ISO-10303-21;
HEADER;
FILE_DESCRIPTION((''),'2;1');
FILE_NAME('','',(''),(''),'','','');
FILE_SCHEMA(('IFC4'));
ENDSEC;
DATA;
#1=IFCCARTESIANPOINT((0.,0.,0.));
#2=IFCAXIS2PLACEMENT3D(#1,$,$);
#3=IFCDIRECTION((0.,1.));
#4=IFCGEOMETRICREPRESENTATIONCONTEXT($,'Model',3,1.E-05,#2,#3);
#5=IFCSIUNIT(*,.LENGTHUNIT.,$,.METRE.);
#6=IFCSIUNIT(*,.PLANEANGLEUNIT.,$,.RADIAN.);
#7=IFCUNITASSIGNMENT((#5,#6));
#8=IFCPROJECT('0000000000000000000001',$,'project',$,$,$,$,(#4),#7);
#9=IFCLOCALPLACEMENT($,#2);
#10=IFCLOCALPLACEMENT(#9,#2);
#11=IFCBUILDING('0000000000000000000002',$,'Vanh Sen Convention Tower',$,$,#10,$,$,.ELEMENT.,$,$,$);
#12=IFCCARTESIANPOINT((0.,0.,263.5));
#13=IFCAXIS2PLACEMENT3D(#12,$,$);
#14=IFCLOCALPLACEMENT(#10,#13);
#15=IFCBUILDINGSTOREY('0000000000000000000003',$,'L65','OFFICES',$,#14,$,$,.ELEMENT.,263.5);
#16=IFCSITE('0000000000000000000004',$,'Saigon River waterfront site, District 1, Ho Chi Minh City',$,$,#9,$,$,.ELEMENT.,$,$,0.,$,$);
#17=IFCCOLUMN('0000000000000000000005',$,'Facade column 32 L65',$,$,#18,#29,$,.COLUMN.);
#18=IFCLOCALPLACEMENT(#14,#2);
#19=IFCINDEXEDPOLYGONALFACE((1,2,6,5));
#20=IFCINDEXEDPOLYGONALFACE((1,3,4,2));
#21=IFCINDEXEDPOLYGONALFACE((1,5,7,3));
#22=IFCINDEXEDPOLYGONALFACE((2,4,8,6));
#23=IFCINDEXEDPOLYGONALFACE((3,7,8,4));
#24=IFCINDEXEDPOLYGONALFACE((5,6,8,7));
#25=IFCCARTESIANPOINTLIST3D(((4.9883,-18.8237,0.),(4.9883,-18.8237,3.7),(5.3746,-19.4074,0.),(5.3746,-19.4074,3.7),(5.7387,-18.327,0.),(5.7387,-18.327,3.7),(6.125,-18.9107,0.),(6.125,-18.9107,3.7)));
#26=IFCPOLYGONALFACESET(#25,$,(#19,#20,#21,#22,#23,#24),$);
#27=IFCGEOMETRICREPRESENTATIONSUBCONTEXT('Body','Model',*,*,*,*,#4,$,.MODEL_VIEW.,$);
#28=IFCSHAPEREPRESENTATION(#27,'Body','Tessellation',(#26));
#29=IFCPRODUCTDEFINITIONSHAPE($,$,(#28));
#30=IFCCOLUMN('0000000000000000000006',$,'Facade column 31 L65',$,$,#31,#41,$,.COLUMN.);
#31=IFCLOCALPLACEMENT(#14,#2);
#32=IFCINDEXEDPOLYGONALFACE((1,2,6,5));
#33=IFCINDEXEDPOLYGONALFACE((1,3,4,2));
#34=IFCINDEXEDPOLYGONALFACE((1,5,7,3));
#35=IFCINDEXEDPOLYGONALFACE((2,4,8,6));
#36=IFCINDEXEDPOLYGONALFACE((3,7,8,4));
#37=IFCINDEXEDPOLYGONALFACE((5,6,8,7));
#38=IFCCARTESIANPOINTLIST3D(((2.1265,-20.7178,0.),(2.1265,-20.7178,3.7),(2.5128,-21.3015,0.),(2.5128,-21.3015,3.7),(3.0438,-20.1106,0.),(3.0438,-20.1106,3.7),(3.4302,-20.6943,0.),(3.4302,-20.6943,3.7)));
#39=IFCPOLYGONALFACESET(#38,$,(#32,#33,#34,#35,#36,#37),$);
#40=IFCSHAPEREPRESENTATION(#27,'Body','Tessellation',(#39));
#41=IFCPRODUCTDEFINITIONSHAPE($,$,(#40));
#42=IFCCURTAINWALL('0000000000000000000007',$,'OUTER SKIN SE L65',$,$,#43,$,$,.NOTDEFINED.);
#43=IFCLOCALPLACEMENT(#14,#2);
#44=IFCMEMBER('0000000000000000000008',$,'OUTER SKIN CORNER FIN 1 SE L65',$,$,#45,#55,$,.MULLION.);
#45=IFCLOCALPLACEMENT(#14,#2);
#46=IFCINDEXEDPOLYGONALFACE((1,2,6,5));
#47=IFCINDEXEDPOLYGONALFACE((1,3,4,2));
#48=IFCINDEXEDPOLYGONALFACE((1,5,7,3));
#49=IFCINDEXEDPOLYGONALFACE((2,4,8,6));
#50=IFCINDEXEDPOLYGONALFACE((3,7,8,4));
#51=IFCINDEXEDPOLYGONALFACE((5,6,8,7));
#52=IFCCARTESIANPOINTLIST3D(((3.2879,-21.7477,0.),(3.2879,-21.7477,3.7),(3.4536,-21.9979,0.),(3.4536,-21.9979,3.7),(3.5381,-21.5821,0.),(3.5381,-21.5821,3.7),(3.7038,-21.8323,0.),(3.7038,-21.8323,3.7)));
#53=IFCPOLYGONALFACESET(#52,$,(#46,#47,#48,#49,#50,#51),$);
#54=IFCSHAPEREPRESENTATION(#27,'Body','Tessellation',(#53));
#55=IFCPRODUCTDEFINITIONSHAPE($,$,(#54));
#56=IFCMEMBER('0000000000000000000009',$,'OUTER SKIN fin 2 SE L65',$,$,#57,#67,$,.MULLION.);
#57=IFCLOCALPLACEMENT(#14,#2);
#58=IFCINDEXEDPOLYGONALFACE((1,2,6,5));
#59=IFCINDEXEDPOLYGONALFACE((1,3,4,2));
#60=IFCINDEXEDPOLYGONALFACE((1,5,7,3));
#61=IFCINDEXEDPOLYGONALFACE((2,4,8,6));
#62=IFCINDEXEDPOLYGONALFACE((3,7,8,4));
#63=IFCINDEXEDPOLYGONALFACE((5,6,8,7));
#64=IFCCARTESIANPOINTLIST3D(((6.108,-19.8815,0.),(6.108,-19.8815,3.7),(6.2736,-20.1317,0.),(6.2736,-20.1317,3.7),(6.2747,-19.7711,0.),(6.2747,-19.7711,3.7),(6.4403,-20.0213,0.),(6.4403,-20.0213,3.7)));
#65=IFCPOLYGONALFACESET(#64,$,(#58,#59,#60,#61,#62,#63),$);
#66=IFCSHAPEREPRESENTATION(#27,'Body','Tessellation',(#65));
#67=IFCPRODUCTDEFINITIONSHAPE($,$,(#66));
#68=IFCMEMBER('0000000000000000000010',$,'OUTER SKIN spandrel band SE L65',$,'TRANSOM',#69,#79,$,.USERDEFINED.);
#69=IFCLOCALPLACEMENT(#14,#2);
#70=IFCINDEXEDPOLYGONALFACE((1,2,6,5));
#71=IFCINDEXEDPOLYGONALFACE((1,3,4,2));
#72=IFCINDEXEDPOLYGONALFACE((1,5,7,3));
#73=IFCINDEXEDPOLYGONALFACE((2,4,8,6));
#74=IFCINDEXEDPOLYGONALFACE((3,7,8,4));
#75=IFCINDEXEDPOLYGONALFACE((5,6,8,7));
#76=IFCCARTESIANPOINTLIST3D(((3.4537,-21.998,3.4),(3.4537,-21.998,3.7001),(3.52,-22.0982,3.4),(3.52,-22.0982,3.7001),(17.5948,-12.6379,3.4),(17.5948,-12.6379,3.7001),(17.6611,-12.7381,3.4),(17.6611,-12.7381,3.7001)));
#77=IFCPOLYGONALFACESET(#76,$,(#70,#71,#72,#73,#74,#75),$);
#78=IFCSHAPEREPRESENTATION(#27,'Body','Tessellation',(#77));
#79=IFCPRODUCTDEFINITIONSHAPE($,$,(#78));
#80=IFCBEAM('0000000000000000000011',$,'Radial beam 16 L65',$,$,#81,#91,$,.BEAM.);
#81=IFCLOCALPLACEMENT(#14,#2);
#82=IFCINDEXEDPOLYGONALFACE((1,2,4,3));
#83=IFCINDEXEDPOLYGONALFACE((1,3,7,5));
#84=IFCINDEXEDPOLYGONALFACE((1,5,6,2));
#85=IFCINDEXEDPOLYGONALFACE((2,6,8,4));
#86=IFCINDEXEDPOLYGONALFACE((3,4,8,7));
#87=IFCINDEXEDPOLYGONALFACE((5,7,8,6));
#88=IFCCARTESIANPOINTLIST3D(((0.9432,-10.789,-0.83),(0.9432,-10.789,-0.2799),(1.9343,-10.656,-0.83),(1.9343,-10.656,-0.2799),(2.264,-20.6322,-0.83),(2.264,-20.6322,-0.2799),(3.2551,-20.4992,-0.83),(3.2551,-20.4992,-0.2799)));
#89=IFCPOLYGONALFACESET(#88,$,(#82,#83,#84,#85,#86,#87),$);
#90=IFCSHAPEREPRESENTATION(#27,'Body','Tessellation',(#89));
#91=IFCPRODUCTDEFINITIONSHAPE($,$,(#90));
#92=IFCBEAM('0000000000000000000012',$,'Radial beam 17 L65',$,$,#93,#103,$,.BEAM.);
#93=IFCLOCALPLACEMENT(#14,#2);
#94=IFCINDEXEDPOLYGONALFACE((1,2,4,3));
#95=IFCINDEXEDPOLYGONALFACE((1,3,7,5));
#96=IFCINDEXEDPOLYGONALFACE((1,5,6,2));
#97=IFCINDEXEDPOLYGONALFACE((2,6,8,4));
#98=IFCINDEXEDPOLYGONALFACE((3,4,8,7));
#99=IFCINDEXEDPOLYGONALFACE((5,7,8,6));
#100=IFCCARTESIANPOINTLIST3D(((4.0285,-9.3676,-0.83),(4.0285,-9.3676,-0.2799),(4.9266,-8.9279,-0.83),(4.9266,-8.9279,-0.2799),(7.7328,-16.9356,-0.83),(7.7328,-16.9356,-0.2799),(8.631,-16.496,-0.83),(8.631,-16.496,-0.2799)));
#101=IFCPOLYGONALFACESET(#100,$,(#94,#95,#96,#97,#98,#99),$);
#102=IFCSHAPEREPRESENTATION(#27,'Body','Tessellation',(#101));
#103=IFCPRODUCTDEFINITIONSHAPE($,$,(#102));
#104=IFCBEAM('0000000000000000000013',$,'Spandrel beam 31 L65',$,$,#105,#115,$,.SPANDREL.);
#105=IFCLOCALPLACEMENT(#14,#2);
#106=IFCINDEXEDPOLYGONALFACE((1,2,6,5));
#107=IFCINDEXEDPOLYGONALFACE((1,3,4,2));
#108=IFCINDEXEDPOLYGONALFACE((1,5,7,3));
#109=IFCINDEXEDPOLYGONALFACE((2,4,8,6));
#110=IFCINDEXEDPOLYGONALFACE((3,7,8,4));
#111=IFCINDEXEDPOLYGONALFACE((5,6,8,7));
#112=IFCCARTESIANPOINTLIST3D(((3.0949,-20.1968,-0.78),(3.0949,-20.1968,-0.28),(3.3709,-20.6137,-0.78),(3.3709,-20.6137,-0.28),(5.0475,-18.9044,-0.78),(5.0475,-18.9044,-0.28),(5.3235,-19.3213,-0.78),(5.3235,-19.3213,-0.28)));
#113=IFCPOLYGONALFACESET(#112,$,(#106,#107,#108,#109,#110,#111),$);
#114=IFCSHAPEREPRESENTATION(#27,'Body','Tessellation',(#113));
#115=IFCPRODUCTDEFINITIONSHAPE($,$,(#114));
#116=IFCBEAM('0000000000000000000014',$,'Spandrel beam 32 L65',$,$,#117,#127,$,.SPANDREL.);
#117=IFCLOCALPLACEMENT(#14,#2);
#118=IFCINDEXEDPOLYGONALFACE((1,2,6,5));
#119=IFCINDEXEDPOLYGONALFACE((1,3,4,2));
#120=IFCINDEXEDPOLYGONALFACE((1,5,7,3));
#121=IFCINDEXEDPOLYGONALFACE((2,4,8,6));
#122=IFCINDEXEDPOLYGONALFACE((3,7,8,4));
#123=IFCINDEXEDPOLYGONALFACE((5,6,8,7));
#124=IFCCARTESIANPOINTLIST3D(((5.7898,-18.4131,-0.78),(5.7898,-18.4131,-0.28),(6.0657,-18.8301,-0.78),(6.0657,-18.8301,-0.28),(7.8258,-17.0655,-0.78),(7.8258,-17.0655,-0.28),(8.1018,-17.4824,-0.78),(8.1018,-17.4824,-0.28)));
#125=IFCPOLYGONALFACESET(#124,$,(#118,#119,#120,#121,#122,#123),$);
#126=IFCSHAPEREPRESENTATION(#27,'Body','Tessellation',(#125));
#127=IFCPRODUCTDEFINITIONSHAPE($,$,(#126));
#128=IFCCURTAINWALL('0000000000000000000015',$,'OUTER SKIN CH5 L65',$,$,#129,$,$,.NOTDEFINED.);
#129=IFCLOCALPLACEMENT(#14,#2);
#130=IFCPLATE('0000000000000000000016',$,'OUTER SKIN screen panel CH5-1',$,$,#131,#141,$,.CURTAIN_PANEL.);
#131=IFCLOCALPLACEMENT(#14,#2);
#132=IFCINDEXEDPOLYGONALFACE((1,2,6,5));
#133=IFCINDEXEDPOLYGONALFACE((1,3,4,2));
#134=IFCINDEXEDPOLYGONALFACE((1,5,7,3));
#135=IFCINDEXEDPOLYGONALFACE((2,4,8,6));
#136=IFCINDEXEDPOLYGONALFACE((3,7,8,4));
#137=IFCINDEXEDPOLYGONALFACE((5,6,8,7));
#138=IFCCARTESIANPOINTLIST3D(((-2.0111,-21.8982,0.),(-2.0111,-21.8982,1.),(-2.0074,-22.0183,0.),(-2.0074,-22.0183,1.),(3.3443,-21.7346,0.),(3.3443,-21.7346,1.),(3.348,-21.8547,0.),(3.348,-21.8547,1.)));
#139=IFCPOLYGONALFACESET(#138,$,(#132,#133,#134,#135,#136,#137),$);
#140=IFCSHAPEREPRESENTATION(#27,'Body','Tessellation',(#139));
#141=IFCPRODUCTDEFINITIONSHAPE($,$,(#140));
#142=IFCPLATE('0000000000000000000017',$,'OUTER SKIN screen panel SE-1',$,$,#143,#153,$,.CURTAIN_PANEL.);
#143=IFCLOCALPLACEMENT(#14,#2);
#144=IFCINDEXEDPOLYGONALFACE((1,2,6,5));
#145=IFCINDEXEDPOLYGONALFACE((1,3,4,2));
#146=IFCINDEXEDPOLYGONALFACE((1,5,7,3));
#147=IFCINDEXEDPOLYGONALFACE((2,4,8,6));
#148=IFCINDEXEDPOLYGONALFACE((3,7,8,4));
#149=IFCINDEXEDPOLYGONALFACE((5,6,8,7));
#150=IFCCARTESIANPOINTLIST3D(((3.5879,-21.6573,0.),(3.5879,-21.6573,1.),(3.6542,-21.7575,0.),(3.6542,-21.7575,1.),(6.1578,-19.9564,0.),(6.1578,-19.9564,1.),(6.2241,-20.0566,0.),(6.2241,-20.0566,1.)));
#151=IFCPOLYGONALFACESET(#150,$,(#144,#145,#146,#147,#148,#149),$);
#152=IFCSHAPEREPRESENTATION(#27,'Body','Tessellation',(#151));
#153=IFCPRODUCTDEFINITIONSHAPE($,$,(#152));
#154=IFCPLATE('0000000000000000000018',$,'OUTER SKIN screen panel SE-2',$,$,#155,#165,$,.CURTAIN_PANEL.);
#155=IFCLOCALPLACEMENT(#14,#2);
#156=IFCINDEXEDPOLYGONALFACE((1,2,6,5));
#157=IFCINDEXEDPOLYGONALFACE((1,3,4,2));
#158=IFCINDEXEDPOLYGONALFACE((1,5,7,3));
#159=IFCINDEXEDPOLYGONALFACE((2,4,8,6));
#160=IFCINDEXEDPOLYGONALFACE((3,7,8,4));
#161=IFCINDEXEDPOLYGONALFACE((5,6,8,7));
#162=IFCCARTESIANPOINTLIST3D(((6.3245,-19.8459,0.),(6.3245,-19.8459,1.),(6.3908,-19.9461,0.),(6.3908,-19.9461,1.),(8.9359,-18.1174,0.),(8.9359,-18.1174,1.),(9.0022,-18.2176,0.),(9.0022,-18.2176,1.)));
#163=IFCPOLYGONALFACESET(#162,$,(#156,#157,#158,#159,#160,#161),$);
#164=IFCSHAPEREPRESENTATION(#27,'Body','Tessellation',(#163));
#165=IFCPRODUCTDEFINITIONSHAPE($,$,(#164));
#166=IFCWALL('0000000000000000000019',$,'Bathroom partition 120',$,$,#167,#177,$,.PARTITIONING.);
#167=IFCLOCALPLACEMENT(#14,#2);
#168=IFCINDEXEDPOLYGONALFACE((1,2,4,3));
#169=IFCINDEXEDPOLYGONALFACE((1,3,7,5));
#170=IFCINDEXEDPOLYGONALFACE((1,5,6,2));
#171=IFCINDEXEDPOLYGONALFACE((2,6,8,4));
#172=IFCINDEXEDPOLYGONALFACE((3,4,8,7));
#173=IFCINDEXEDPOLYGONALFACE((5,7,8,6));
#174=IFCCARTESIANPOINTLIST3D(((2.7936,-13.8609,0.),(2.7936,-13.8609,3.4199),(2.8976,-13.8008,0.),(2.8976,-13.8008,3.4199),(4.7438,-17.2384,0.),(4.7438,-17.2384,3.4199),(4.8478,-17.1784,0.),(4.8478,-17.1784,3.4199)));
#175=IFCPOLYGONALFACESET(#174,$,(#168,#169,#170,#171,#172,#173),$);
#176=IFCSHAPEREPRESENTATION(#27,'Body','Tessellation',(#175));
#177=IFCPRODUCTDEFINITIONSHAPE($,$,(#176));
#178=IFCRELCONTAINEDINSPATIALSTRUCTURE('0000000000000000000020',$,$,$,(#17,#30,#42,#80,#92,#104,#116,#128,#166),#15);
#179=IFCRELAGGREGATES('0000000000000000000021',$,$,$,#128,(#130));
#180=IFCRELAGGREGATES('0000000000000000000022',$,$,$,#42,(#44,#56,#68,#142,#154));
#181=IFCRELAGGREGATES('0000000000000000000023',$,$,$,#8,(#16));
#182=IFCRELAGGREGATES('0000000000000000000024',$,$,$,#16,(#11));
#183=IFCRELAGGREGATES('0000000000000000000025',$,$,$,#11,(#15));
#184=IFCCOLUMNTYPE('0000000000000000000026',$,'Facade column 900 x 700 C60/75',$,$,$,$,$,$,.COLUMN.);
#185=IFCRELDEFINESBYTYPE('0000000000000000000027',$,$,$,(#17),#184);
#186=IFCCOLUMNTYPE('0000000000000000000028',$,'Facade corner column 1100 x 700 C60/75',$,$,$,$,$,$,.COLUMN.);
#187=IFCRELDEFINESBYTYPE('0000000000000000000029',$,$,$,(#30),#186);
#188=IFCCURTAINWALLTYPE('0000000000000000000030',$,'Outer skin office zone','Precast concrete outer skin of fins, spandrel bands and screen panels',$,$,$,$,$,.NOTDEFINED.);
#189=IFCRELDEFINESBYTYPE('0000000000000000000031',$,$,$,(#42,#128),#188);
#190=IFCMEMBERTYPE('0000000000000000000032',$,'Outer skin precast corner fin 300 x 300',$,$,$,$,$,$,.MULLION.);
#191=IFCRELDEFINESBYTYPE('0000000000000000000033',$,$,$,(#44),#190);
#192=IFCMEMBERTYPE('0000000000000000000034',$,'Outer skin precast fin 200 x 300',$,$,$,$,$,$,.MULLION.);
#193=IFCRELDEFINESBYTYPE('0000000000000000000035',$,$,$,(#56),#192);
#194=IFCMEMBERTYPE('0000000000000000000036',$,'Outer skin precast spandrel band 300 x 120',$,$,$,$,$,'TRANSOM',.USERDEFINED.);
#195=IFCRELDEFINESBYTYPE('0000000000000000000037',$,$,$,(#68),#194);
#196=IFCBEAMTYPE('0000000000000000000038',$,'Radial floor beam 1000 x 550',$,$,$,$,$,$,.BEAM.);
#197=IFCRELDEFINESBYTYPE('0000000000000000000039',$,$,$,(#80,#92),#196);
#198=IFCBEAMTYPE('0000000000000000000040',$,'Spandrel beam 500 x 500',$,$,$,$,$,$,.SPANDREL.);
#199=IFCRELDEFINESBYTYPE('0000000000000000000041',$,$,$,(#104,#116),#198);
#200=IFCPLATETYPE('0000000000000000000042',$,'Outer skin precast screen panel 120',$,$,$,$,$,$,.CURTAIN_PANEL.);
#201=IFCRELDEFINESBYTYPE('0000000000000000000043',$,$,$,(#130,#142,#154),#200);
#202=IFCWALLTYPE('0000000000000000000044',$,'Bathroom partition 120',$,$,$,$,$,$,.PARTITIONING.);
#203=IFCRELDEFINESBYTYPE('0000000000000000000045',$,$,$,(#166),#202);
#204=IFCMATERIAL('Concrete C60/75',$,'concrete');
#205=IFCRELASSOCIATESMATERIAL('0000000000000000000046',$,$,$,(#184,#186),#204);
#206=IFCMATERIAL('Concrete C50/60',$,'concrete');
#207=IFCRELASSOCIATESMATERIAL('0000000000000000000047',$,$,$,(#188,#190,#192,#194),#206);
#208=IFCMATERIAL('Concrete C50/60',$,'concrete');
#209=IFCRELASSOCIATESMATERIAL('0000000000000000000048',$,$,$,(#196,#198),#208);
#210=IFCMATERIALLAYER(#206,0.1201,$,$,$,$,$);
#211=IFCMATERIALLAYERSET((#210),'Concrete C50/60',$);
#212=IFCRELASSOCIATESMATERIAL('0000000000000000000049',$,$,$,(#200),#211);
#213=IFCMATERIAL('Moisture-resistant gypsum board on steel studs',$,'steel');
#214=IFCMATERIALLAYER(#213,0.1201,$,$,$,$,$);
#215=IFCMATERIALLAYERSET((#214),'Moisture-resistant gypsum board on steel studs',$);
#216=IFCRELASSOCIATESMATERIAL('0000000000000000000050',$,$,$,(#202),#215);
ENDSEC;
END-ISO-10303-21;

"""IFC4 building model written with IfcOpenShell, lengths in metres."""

from ifc_helpers import new_model, si_unit, direction, frame, frame_2d, origin, origin_2d, place, context, subcontext, project, spatial, rectangle, extrude, material, layer, layer_set, material_profile, profile_set, type_object, element, aggregate, save


model = new_model("IFC4")

# Units and contexts
model_context = context("Model", 3, precision=1e-05, world=origin(), true_north=direction((0.0, 1.0)))
body_context = subcontext(model_context, "Body", "Model", "MODEL_VIEW")
ifc_project = project(units=[si_unit("LENGTHUNIT", "METRE"), si_unit("PLANEANGLEUNIT", "RADIAN")], contexts=[model_context])

# Site, building, storey
site_placement = place(None, origin())
site = spatial("IfcSite", under=ifc_project, at=site_placement, Name="Saigon River waterfront site, District 1, Ho Chi Minh City", CompositionType="ELEMENT", RefElevation=0.0)
building_placement = place(site_placement, origin())
building = spatial("IfcBuilding", under=site, at=building_placement, Name="Vanh Sen Convention Tower", CompositionType="ELEMENT")
storey_placement = place(building_placement, frame((0.0, 0.0, 263.5)))
storey = spatial("IfcBuildingStorey", under=building, at=storey_placement, Name="L65", Description="OFFICES", CompositionType="ELEMENT", Elevation=263.5)

# Columns
ifc_material_1 = material(Name="Concrete C60/75", Category="concrete")
ifc_material_profile_1 = material_profile(ifc_material_1, rectangle(XDim=0.8999, YDim=0.7, at=origin_2d()), Name="RC 900X700")
ifc_profile_set_1 = profile_set([ifc_material_profile_1], Name="Concrete C60/75")
column_type_1 = type_object("IfcColumnType", Name="Facade column 900 x 700 C60/75", PredefinedType="COLUMN", material=ifc_profile_set_1)
column_1_placement = place(storey_placement, frame((5.5566, -18.8672, 0.0), z_axis=(0.0, 0.0, 1.0), x_axis=(0.833886, 0.551937, 0.0)))
element("IfcColumn", 1, at=column_1_placement, inside=storey, type_object=column_type_1, Name="Facade column 32 L65", PredefinedType="COLUMN", context=body_context, shape_type="SweptSolid", body=[
    extrude(rectangle(XDim=0.8999, YDim=0.7, at=origin_2d()), origin(), (0.0, 0.0, 1.0), 3.7),
])
ifc_material_profile_2 = material_profile(ifc_material_1, rectangle(XDim=1.1001, YDim=0.7, at=origin_2d()), Name="RC 1100X700")
ifc_profile_set_2 = profile_set([ifc_material_profile_2], Name="Concrete C60/75")
column_type_2 = type_object("IfcColumnType", Name="Facade corner column 1100 x 700 C60/75", PredefinedType="COLUMN", material=ifc_profile_set_2)
column_2_placement = place(storey_placement, frame((2.7783, -20.7061, 0.0), z_axis=(0.0, 0.0, 1.0), x_axis=(0.833886, 0.551937, 0.0)))
element("IfcColumn", 2, at=column_2_placement, inside=storey, type_object=column_type_2, Name="Facade column 31 L65", PredefinedType="COLUMN", context=body_context, shape_type="SweptSolid", body=[
    extrude(rectangle(XDim=1.1001, YDim=0.7, at=origin_2d()), origin(), (0.0, 0.0, 1.0), 3.7),
])

# Curtain wall, members
ifc_material_2 = material(Name="Concrete C50/60", Category="concrete")
curtain_wall_type = type_object("IfcCurtainWallType", Name="Outer skin office zone", Description="Precast concrete outer skin of fins, spandrel bands and screen panels", PredefinedType="NOTDEFINED", material=ifc_material_2)
curtain_wall_1_placement = place(storey_placement, origin())
curtain_wall_1 = element("IfcCurtainWall", 3, at=curtain_wall_1_placement, inside=storey, type_object=curtain_wall_type, Name="OUTER SKIN SE L65", PredefinedType="NOTDEFINED")
ifc_material_profile_3 = material_profile(ifc_material_2, rectangle(XDim=0.3, YDim=0.3, at=origin_2d()), Name="Outer skin precast corner fin 300 x 300")
ifc_profile_set_3 = profile_set([ifc_material_profile_3], Name="Concrete C50/60")
member_type_1 = type_object("IfcMemberType", Name="Outer skin precast corner fin 300 x 300", PredefinedType="MULLION", material=ifc_profile_set_3)
member_1_placement = place(storey_placement, frame((3.4958, -21.79, 0.0), z_axis=(0.0, 0.0, 1.0), x_axis=(0.833886, 0.551937, 0.0)))
member_1 = element("IfcMember", 4, at=member_1_placement, type_object=member_type_1, Name="OUTER SKIN CORNER FIN 1 SE L65", PredefinedType="MULLION", context=body_context, shape_type="SweptSolid", body=[
    extrude(rectangle(XDim=0.3, YDim=0.3, at=origin_2d()), origin(), (0.0, 0.0, 1.0), 3.7),
])
ifc_material_profile_4 = material_profile(ifc_material_2, rectangle(XDim=0.2, YDim=0.3, at=origin_2d()), Name="Outer skin precast fin 200 x 300")
ifc_profile_set_4 = profile_set([ifc_material_profile_4], Name="Concrete C50/60")
member_type_2 = type_object("IfcMemberType", Name="Outer skin precast fin 200 x 300", PredefinedType="MULLION", material=ifc_profile_set_4)
member_2_placement = place(storey_placement, frame((6.2742, -19.9514, 0.0), z_axis=(0.0, 0.0, 1.0), x_axis=(0.833886, 0.551937, 0.0)))
member_2 = element("IfcMember", 5, at=member_2_placement, type_object=member_type_2, Name="OUTER SKIN fin 2 SE L65", PredefinedType="MULLION", context=body_context, shape_type="SweptSolid", body=[
    extrude(rectangle(XDim=0.2, YDim=0.3, at=origin_2d()), origin(), (0.0, 0.0, 1.0), 3.7),
])
ifc_material_profile_5 = material_profile(ifc_material_2, rectangle(XDim=0.1201, YDim=0.3, at=origin_2d()), Name="Outer skin precast spandrel band 300 x 120")
ifc_profile_set_5 = profile_set([ifc_material_profile_5], Name="Concrete C50/60")
member_type_3 = type_object("IfcMemberType", Name="Outer skin precast spandrel band 300 x 120", ElementType="TRANSOM", PredefinedType="USERDEFINED", material=ifc_profile_set_5)
member_3_placement = place(storey_placement, frame((3.4868, -22.0481, 3.55), z_axis=(0.833877, 0.55195, 0.0), x_axis=(-0.55195, 0.833877, 0.0)))
member_3 = element("IfcMember", 6, at=member_3_placement, type_object=member_type_3, Name="OUTER SKIN spandrel band SE L65", ObjectType="TRANSOM", PredefinedType="USERDEFINED", context=body_context, shape_type="SweptSolid", body=[
    extrude(rectangle(XDim=0.1201, YDim=0.3, at=origin_2d()), origin(), (0.0, 0.0, 1.0), 16.9583),
])

# Beams
ifc_material_3 = material(Name="Concrete C50/60", Category="concrete")
ifc_material_profile_6 = material_profile(ifc_material_3, rectangle(XDim=1.0, YDim=0.55, at=origin_2d()), Name="RC 1000X550")
ifc_profile_set_6 = profile_set([ifc_material_profile_6], Name="Concrete C50/60")
beam_type_1 = type_object("IfcBeamType", Name="Radial floor beam 1000 x 550", PredefinedType="BEAM", material=ifc_profile_set_6)
beam_1_placement = place(storey_placement, frame((2.7595, -20.5657, -0.5549), z_axis=(-0.132991, 0.991117, 0.0), x_axis=(-0.991117, -0.132991, 0.0)))
element("IfcBeam", 7, at=beam_1_placement, inside=storey, type_object=beam_type_1, Name="Radial beam 16 L65", PredefinedType="BEAM", context=body_context, shape_type="SweptSolid", body=[
    extrude(rectangle(XDim=1.0, YDim=0.55, at=origin_2d()), origin(), (0.0, 0.0, 1.0), 9.9314),
])
beam_2_placement = place(storey_placement, frame((8.1819, -16.7158, -0.5549), z_axis=(-0.439629, 0.898179, 0.0), x_axis=(-0.898179, -0.439629, 0.0)))
element("IfcBeam", 8, at=beam_2_placement, inside=storey, type_object=beam_type_1, Name="Radial beam 17 L65", PredefinedType="BEAM", context=body_context, shape_type="SweptSolid", body=[
    extrude(rectangle(XDim=1.0, YDim=0.55, at=origin_2d()), origin(), (0.0, 0.0, 1.0), 8.426),
])
ifc_material_profile_7 = material_profile(ifc_material_3, rectangle(XDim=0.5, YDim=0.5, at=origin_2d()), Name="RC 500X500")
ifc_profile_set_7 = profile_set([ifc_material_profile_7], Name="Concrete C50/60")
beam_type_2 = type_object("IfcBeamType", Name="Spandrel beam 500 x 500", PredefinedType="SPANDREL", material=ifc_profile_set_7)
beam_3_placement = place(storey_placement, frame((3.2329, -20.4053, -0.53), z_axis=(0.833874, 0.551954, 0.0), x_axis=(-0.551954, 0.833874, 0.0)))
element("IfcBeam", 9, at=beam_3_placement, inside=storey, type_object=beam_type_2, Name="Spandrel beam 31 L65", PredefinedType="SPANDREL", context=body_context, shape_type="SweptSolid", body=[
    extrude(rectangle(XDim=0.5, YDim=0.5, at=origin_2d()), origin(), (0.0, 0.0, 1.0), 2.3416),
])
beam_4_placement = place(storey_placement, frame((5.9277, -18.6216, -0.53), z_axis=(0.833892, 0.551928, 0.0), x_axis=(-0.551928, 0.833892, 0.0)))
element("IfcBeam", 10, at=beam_4_placement, inside=storey, type_object=beam_type_2, Name="Spandrel beam 32 L65", PredefinedType="SPANDREL", context=body_context, shape_type="SweptSolid", body=[
    extrude(rectangle(XDim=0.5, YDim=0.5, at=origin_2d()), origin(), (0.0, 0.0, 1.0), 2.4417),
])

# Curtain wall, plate
curtain_wall_2_placement = place(storey_placement, origin())
curtain_wall_2 = element("IfcCurtainWall", 11, at=curtain_wall_2_placement, inside=storey, type_object=curtain_wall_type, Name="OUTER SKIN CH5 L65", PredefinedType="NOTDEFINED")
ifc_layer_1 = layer(ifc_material_2, 0.1201)
ifc_layer_set_1 = layer_set([ifc_layer_1], Name="Concrete C50/60")
plate_type = type_object("IfcPlateType", Name="Outer skin precast screen panel 120", PredefinedType="CURTAIN_PANEL", material=ifc_layer_set_1)
plate_1_placement = place(storey_placement, frame((0.6685, -21.8765, 0.0), z_axis=(0.0, 0.0, 1.0), x_axis=(0.999534, 0.030539, 0.0)))
plate_1 = element("IfcPlate", 12, at=plate_1_placement, type_object=plate_type, Name="OUTER SKIN screen panel CH5-1", PredefinedType="CURTAIN_PANEL", context=body_context, shape_type="SweptSolid", body=[
    extrude(rectangle(XDim=5.3579, YDim=0.1201, at=origin_2d()), origin(), (0.0, 0.0, 1.0), 1.0),
])
aggregate(curtain_wall_2, [plate_1])

# Plates
plate_2_placement = place(storey_placement, frame((4.906, -20.8569, 0.0), z_axis=(0.0, 0.0, 1.0), x_axis=(0.833902, 0.551912, 0.0)))
plate_2 = element("IfcPlate", 13, at=plate_2_placement, type_object=plate_type, Name="OUTER SKIN screen panel SE-1", PredefinedType="CURTAIN_PANEL", context=body_context, shape_type="SweptSolid", body=[
    extrude(rectangle(XDim=3.0818, YDim=0.1201, at=origin_2d()), origin(), (0.0, 0.0, 1.0), 1.0),
])
plate_3_placement = place(storey_placement, frame((7.6633, -19.0317, 0.0), z_axis=(0.0, 0.0, 1.0), x_axis=(0.833879, 0.551947, 0.0)))
plate_3 = element("IfcPlate", 14, at=plate_3_placement, type_object=plate_type, Name="OUTER SKIN screen panel SE-2", PredefinedType="CURTAIN_PANEL", context=body_context, shape_type="SweptSolid", body=[
    extrude(rectangle(XDim=3.1316, YDim=0.1201, at=origin_2d()), origin(), (0.0, 0.0, 1.0), 1.0),
])
aggregate(curtain_wall_1, [member_1, member_2, member_3, plate_2, plate_3])

# Wall
ifc_material_4 = material(Name="Moisture-resistant gypsum board on steel studs", Category="steel")
ifc_layer_2 = layer(ifc_material_4, 0.1201)
ifc_layer_set_2 = layer_set([ifc_layer_2], Name="Moisture-resistant gypsum board on steel studs")
wall_type_1 = type_object("IfcWallType", Name="Bathroom partition 120", PredefinedType="PARTITIONING", material=ifc_layer_set_2)
wall_1_placement = place(storey_placement, frame((4.7959, -17.2085, 0.0), z_axis=(0.0, 0.0, 1.0), x_axis=(-0.500044, 0.866, 0.0)))
element("IfcWall", 15, at=wall_1_placement, inside=storey, type_object=wall_type_1, Name="Bathroom partition 120", PredefinedType="PARTITIONING", context=body_context, shape_type="SweptSolid", body=[
    extrude(rectangle(XDim=3.9001, YDim=0.1201, at=frame_2d((1.9502, 0.0))), origin(), (0.0, 0.0, 1.0), 3.4199),
])

save(model, "model.ifc")
